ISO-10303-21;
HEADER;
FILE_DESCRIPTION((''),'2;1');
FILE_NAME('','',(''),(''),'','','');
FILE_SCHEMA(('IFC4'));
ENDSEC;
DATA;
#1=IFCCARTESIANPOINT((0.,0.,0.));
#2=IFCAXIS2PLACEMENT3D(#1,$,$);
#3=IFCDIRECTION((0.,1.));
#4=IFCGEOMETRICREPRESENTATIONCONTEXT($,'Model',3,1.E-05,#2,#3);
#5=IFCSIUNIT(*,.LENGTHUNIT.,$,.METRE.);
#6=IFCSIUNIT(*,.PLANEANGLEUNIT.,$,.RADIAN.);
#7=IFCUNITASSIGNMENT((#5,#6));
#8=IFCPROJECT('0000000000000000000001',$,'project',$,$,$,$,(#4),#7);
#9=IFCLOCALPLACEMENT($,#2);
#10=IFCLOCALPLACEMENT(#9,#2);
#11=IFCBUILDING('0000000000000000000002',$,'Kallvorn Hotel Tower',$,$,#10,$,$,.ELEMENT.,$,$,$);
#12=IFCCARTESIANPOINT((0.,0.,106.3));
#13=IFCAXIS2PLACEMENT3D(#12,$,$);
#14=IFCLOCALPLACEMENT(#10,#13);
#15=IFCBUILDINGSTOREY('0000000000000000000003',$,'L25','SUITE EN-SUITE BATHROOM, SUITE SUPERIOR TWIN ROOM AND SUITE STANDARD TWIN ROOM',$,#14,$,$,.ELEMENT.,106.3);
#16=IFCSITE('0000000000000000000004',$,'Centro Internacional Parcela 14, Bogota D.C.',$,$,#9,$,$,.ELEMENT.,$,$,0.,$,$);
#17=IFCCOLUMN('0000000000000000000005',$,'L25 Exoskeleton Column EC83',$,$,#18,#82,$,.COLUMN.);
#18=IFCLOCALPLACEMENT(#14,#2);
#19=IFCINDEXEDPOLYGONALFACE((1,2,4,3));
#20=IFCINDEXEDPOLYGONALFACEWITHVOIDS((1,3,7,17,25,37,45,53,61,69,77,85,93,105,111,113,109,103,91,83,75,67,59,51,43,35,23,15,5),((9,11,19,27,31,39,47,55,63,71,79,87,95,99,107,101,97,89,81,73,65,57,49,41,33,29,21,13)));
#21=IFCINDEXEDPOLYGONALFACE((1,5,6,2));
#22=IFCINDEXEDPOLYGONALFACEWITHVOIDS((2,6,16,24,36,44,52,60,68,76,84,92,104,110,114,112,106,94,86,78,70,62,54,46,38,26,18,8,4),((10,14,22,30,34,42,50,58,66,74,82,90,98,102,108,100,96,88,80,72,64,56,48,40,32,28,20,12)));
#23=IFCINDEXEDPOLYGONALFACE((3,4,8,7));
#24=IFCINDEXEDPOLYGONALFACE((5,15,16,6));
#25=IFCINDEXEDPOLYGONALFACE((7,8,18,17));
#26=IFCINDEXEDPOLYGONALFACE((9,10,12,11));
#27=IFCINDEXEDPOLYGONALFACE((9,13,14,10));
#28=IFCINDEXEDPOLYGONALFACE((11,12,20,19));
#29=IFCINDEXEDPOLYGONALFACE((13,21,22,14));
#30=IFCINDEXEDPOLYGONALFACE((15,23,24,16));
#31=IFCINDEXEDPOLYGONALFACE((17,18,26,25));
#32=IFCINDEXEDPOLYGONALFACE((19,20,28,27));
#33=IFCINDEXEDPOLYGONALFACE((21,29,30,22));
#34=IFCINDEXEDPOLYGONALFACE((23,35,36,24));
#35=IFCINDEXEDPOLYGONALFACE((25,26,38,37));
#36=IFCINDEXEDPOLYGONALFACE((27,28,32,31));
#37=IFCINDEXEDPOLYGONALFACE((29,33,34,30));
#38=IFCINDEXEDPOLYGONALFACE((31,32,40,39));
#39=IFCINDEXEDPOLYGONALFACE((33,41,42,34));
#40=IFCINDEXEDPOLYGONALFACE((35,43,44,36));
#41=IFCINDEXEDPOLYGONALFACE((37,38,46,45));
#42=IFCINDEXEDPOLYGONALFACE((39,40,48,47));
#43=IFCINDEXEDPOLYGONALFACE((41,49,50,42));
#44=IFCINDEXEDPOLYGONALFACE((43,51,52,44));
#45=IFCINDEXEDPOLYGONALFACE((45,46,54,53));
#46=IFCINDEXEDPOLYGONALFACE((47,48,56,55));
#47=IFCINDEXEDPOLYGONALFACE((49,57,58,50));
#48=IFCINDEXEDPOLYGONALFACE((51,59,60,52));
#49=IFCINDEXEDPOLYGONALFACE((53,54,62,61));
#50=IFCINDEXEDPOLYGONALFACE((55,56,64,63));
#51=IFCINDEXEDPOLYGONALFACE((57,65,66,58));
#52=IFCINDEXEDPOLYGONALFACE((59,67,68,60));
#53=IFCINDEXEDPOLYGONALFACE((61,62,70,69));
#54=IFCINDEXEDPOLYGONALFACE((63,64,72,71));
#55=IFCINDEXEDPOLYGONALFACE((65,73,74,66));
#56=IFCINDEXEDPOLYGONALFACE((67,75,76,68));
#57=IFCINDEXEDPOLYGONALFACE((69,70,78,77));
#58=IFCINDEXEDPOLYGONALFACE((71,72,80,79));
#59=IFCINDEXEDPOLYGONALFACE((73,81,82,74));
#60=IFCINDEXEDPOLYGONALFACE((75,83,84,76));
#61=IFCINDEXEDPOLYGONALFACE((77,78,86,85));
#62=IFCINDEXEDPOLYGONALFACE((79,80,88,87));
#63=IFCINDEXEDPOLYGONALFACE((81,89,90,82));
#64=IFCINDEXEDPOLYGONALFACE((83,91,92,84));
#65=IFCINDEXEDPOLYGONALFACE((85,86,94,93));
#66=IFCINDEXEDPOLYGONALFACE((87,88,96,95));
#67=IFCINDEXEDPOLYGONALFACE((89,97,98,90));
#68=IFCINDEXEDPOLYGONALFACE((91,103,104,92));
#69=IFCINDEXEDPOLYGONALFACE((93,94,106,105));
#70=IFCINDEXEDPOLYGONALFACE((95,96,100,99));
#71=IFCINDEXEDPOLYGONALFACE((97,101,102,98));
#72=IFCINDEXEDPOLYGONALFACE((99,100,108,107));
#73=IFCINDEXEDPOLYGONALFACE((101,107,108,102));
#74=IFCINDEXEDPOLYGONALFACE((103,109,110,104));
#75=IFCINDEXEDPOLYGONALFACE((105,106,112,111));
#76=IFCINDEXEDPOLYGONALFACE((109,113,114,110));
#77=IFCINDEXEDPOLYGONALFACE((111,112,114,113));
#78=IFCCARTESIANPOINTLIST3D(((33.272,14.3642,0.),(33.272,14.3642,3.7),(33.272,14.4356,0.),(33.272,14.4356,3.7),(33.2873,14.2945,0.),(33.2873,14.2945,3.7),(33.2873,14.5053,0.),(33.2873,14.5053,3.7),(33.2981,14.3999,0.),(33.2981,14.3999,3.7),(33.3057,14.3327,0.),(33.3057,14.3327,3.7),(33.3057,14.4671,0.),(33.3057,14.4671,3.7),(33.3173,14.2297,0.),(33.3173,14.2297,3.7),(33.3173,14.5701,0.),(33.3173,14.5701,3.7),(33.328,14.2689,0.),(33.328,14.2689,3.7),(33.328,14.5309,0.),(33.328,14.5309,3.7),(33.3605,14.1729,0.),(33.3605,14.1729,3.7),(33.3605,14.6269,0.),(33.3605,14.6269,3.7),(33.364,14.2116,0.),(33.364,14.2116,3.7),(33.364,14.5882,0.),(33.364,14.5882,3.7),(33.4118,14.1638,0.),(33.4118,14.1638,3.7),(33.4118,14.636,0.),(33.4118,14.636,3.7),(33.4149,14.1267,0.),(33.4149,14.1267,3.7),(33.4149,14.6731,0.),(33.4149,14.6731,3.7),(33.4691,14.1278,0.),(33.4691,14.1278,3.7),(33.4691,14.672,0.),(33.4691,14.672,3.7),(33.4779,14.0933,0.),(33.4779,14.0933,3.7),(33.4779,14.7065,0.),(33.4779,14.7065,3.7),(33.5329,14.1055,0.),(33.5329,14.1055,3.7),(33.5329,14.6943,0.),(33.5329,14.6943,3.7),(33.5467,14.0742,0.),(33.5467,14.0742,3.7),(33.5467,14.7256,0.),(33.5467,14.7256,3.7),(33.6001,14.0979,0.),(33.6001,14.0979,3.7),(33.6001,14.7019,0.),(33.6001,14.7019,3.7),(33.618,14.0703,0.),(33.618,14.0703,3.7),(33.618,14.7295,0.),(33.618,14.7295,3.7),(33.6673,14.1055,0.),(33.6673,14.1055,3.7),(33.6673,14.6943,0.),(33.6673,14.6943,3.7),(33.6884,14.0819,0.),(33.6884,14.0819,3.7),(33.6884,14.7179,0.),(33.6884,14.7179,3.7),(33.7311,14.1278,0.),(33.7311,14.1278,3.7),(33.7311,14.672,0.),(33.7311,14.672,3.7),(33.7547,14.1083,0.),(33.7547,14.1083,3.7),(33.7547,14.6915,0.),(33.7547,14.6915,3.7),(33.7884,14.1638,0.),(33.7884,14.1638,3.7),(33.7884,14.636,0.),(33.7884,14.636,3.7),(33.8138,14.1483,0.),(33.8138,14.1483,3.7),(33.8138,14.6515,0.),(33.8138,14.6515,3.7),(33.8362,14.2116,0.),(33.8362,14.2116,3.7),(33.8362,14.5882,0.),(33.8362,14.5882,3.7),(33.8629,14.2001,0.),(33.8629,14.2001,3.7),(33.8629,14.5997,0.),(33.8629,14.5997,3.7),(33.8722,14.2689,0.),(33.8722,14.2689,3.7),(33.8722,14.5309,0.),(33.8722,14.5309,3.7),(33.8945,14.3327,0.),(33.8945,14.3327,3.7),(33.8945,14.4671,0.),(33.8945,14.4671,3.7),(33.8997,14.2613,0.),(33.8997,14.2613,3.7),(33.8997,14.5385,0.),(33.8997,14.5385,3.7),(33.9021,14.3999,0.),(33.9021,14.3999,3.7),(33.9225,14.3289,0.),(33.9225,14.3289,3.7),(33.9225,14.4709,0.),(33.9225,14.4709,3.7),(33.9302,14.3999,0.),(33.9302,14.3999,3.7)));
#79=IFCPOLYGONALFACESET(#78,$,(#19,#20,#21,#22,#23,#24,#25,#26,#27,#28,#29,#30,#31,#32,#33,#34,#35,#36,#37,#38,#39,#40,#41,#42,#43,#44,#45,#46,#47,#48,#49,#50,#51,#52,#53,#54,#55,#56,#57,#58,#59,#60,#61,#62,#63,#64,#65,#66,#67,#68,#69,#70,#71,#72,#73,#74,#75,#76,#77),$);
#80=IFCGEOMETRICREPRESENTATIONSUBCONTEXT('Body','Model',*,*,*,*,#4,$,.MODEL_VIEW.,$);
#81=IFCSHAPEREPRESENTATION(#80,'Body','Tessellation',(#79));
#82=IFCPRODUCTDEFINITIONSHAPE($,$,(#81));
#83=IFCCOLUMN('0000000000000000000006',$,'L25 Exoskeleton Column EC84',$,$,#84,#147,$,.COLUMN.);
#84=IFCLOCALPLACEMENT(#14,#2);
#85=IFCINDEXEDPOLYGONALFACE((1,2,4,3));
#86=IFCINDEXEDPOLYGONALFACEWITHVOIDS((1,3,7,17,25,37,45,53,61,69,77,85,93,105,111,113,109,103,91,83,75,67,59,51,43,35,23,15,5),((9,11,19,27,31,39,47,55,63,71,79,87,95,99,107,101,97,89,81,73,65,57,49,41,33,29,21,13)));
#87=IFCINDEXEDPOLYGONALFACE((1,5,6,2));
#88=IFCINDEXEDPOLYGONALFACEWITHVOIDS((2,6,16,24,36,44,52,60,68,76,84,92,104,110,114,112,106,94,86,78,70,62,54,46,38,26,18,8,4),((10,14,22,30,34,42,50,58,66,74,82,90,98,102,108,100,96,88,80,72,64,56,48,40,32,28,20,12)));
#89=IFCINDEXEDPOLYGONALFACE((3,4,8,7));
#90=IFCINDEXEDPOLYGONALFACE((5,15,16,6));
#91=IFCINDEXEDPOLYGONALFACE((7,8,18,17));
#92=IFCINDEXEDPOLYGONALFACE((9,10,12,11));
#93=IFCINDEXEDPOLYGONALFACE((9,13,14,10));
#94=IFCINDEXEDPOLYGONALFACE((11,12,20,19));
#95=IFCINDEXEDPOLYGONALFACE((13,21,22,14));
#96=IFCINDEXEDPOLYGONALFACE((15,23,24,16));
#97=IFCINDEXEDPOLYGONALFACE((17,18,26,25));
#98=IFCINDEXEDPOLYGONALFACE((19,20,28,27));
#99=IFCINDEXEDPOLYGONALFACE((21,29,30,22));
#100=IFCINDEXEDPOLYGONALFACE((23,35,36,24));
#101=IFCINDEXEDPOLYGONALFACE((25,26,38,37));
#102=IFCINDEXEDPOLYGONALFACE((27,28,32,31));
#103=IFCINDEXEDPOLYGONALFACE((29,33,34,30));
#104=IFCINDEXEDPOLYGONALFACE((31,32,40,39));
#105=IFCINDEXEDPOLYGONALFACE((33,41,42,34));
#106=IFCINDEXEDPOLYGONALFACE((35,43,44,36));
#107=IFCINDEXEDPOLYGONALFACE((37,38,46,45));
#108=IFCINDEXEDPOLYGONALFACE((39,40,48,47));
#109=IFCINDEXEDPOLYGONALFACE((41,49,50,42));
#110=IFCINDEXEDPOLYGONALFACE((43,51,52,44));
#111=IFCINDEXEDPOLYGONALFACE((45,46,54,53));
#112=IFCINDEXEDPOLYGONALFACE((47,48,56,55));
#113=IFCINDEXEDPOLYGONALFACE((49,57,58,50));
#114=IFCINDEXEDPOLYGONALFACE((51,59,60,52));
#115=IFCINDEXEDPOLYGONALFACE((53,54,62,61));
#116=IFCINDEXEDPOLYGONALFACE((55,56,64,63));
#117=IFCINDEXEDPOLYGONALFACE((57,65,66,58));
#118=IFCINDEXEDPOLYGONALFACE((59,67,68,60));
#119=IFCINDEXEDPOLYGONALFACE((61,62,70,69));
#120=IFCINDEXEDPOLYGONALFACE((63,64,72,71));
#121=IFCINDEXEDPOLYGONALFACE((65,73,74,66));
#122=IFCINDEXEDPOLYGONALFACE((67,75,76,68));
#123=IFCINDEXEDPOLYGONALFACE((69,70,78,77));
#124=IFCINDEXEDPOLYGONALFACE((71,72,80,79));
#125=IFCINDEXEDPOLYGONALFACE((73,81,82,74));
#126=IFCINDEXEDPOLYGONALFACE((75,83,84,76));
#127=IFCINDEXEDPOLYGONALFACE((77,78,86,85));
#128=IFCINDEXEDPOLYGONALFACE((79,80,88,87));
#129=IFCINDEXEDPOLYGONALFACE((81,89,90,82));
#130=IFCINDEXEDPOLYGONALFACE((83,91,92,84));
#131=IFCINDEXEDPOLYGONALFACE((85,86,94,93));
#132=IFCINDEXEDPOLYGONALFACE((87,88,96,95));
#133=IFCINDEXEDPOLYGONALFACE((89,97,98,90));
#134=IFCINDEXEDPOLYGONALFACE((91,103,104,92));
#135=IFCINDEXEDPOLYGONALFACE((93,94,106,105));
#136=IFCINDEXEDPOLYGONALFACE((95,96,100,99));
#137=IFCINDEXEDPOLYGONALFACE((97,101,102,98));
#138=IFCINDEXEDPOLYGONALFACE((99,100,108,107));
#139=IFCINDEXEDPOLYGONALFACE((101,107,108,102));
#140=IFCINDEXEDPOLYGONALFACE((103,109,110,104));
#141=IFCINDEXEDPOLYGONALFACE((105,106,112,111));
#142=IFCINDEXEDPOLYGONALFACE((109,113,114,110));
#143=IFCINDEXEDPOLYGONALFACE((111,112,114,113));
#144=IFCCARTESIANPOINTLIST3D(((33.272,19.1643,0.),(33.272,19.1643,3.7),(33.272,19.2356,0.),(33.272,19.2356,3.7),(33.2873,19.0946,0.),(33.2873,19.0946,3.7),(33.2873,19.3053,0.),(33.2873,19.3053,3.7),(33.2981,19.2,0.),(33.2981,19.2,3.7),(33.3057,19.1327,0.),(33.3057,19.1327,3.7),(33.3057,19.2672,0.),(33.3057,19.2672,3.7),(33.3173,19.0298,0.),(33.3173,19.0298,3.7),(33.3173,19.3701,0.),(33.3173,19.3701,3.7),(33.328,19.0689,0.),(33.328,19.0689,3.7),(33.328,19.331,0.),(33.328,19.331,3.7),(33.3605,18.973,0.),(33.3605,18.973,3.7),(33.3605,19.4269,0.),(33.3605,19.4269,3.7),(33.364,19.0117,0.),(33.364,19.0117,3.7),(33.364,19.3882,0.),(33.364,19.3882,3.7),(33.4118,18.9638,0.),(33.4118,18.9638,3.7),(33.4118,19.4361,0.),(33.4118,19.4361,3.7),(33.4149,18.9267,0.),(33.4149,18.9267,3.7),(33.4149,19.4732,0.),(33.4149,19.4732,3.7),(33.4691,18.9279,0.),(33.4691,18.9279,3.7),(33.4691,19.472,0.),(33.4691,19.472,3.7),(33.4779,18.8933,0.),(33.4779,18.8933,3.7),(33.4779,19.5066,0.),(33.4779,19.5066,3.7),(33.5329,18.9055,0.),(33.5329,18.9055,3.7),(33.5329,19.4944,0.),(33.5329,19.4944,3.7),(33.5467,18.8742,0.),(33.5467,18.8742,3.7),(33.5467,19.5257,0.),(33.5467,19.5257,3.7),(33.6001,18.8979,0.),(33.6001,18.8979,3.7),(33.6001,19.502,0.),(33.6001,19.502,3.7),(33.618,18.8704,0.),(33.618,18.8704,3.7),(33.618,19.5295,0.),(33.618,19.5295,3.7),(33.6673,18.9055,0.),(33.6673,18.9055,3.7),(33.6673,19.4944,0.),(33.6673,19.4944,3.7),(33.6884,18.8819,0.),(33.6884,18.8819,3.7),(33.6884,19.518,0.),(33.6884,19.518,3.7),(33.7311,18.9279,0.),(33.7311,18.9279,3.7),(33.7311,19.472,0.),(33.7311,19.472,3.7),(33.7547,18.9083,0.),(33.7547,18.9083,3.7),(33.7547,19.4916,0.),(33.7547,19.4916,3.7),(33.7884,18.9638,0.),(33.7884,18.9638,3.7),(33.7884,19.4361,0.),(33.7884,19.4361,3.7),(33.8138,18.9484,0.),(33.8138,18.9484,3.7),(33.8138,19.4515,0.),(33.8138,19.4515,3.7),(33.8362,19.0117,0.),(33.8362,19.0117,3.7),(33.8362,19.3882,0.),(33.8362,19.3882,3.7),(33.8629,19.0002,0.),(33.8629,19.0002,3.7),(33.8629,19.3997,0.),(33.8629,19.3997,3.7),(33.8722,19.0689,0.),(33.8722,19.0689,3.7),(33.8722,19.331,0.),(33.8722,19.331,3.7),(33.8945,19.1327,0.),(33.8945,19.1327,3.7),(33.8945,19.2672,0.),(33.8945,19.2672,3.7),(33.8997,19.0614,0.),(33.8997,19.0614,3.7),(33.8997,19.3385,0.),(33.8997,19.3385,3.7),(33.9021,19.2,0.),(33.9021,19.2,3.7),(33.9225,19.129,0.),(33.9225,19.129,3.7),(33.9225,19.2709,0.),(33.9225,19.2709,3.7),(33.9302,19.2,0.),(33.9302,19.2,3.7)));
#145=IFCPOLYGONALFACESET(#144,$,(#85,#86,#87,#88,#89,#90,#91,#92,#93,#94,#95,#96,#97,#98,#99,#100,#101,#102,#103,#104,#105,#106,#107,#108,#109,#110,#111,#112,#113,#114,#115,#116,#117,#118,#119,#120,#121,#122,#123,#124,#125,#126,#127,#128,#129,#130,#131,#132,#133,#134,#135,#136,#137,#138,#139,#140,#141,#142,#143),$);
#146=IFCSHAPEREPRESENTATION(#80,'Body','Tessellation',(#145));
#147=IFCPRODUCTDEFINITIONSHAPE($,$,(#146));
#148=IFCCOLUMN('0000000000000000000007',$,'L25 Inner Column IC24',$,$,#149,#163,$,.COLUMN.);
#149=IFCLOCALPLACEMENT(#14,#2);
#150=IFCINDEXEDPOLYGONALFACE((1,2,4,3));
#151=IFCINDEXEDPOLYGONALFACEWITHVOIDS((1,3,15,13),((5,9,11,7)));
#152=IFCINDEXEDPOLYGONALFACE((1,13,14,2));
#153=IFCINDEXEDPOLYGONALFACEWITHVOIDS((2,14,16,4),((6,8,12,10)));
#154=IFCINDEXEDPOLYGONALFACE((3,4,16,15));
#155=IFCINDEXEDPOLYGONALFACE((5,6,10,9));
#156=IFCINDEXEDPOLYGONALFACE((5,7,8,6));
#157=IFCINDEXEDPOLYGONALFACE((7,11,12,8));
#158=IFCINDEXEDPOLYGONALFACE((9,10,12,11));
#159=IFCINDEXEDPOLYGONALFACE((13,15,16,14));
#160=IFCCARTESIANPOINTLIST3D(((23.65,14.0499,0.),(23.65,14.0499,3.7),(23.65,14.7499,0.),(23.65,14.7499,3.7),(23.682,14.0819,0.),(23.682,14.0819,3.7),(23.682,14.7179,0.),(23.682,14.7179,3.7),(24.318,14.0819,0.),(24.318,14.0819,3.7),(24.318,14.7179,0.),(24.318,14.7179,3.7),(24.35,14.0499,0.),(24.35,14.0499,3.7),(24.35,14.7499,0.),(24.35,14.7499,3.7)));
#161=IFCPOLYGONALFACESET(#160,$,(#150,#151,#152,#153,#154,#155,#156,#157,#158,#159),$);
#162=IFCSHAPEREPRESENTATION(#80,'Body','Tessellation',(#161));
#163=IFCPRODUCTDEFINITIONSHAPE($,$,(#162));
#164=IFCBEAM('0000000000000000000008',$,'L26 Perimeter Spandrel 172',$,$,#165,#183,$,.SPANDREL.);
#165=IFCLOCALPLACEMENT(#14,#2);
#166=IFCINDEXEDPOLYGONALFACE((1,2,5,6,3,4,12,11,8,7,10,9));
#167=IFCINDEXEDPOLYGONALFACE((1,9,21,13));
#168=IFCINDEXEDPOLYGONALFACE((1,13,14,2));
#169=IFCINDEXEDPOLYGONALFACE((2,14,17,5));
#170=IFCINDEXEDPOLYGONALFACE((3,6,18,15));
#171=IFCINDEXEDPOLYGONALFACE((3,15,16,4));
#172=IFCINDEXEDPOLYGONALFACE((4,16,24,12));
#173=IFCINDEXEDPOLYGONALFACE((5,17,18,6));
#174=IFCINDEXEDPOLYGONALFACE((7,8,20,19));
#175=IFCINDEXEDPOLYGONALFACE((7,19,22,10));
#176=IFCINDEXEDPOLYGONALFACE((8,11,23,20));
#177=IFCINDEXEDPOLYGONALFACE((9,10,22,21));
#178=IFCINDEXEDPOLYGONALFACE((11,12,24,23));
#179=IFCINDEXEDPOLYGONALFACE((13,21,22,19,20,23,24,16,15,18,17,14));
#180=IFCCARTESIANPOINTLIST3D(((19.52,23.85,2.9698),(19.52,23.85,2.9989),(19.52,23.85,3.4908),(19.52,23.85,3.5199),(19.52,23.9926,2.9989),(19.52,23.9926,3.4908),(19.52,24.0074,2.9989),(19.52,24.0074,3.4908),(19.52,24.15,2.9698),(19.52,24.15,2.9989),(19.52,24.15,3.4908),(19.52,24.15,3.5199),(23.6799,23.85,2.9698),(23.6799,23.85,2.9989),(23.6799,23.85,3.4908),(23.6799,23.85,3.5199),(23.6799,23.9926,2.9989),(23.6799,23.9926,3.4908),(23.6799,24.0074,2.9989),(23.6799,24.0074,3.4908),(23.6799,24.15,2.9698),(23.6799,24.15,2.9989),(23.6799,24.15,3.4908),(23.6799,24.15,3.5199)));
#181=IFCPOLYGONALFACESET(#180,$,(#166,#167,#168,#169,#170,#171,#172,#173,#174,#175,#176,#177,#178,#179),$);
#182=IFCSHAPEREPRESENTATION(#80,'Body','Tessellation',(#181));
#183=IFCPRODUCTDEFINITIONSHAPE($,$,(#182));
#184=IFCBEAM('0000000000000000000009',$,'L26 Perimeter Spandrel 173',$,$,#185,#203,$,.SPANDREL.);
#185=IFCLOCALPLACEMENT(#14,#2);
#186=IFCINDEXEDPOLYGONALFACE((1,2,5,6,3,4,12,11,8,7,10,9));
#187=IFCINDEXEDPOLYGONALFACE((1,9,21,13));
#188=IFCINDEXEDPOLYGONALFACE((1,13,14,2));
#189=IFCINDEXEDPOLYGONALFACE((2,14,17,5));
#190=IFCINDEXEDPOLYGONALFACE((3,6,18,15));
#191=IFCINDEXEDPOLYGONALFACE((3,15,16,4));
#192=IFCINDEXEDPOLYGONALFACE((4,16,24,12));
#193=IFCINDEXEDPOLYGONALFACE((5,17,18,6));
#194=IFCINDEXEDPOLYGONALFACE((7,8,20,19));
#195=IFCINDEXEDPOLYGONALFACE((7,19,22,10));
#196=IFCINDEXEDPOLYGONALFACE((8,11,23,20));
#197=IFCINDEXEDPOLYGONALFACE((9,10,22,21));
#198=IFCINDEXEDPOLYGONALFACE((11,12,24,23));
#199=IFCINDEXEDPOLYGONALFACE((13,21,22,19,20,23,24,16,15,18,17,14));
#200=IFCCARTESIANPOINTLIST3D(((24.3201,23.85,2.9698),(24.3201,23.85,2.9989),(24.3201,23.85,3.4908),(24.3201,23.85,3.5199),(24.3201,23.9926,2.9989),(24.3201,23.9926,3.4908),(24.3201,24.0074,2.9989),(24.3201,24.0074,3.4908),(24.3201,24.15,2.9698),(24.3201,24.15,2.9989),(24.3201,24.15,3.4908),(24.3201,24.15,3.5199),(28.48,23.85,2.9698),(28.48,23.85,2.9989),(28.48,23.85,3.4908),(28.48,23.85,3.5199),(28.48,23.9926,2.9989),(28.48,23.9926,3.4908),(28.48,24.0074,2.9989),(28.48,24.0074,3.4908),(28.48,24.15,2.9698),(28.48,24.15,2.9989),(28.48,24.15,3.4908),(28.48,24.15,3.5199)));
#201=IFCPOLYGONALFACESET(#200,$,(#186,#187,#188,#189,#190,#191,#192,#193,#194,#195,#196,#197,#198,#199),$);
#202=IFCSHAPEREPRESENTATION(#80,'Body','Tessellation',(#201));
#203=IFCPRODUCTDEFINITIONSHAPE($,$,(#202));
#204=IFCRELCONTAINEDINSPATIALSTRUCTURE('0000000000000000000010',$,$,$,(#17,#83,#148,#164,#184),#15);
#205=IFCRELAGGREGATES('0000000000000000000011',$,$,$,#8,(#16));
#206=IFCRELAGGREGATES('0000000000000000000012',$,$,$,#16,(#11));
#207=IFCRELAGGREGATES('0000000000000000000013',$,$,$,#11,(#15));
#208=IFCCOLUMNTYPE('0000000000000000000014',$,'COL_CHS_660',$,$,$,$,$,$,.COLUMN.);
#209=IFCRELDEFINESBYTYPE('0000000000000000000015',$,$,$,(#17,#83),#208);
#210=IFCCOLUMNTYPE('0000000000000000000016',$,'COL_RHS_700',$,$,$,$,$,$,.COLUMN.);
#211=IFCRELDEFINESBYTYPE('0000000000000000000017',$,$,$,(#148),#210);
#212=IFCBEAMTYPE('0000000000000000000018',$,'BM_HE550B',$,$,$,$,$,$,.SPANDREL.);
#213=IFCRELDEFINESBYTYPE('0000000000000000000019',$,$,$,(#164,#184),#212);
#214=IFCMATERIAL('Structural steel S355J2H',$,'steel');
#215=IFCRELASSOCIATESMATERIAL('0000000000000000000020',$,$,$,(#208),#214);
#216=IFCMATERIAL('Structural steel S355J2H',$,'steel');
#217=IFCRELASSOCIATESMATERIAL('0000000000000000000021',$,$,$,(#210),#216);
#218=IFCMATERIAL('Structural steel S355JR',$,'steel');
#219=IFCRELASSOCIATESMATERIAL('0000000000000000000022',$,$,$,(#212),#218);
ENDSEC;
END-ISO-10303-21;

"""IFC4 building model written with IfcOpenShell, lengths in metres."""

from ifc_helpers import new_model, si_unit, direction, frame, origin, origin_2d, place, context, subcontext, project, spatial, hollow_rectangle, hollow_circle, i_section, extrude, material, material_profile, profile_set, type_object, element, save


model = new_model("IFC4")

# Units and contexts
model_context = context("Model", 3, precision=1e-05, world=origin(), true_north=direction((0.0, 1.0)))
body_context = subcontext(model_context, "Body", "Model", "MODEL_VIEW")
ifc_project = project(units=[si_unit("LENGTHUNIT", "METRE"), si_unit("PLANEANGLEUNIT", "RADIAN")], contexts=[model_context])

# Site, building, storey
site_placement = place(None, origin())
site = spatial("IfcSite", under=ifc_project, at=site_placement, Name="Centro Internacional Parcela 14, Bogota D.C.", CompositionType="ELEMENT", RefElevation=0.0)
building_placement = place(site_placement, origin())
building = spatial("IfcBuilding", under=site, at=building_placement, Name="Kallvorn Hotel Tower", CompositionType="ELEMENT")
storey_placement = place(building_placement, frame((0.0, 0.0, 106.3)))
storey = spatial("IfcBuildingStorey", under=building, at=storey_placement, Name="L25", Description="SUITE EN-SUITE BATHROOM, SUITE SUPERIOR TWIN ROOM AND SUITE STANDARD TWIN ROOM", CompositionType="ELEMENT", Elevation=106.3)

# Columns
ifc_material_1 = material(Name="Structural steel S355J2H", Category="steel")
ifc_material_profile_1 = material_profile(ifc_material_1, hollow_circle(Radius=0.3301, WallThickness=0.0281, at=origin_2d()), Name="CHS 660x28")
ifc_profile_set_1 = profile_set([ifc_material_profile_1], Name="Structural steel S355J2H")
column_type_1 = type_object("IfcColumnType", Name="COL_CHS_660", PredefinedType="COLUMN", material=ifc_profile_set_1)
for number, where, z_axis, x_axis, name in (
    (1, (33.6001, 14.3999, 0.0), (0.0, 0.0, 1.0), (1.0, 0.0, 0.0), "L25 Exoskeleton Column EC83"),
    (2, (33.6001, 19.2, 0.0), (0.0, 0.0, 1.0), (1.0, 0.0, 0.0), "L25 Exoskeleton Column EC84"),
):
    element("IfcColumn", number, at=place(storey_placement, frame(where, z_axis=z_axis, x_axis=x_axis)), inside=storey, type_object=column_type_1, Name=name, PredefinedType="COLUMN", context=body_context, shape_type="SweptSolid", body=[
        extrude(hollow_circle(Radius=0.3301, WallThickness=0.0281, at=origin_2d()), origin(), (0.0, 0.0, 1.0), 3.7),
    ])
ifc_material_2 = material(Name="Structural steel S355J2H", Category="steel")
ifc_material_profile_2 = material_profile(ifc_material_2, hollow_rectangle(XDim=0.7, YDim=0.7, WallThickness=0.032, at=origin_2d()), Name="RHS 700x700x32")
ifc_profile_set_2 = profile_set([ifc_material_profile_2], Name="Structural steel S355J2H")
column_type_2 = type_object("IfcColumnType", Name="COL_RHS_700", PredefinedType="COLUMN", material=ifc_profile_set_2)
column_placement = place(storey_placement, frame((24.0, 14.3999, 0.0), z_axis=(0.0, 0.0, 1.0), x_axis=(1.0, 0.0, 0.0)))
element("IfcColumn", 3, at=column_placement, inside=storey, type_object=column_type_2, Name="L25 Inner Column IC24", PredefinedType="COLUMN", context=body_context, shape_type="SweptSolid", body=[
    extrude(hollow_rectangle(XDim=0.7, YDim=0.7, WallThickness=0.032, at=origin_2d()), origin(), (0.0, 0.0, 1.0), 3.7),
])

# Beams
ifc_material_3 = material(Name="Structural steel S355JR", Category="steel")
ifc_material_profile_3 = material_profile(ifc_material_3, i_section(OverallWidth=0.3, OverallDepth=0.55, WebThickness=0.0149, FlangeThickness=0.0291, at=origin_2d()), Name="HE 550 B")
ifc_profile_set_3 = profile_set([ifc_material_profile_3], Name="Structural steel S355JR")
beam_type_1 = type_object("IfcBeamType", Name="BM_HE550B", PredefinedType="SPANDREL", material=ifc_profile_set_3)
for number, where, z_axis, x_axis, name in (
    (4, (19.52, 24.0, 3.2449), (1.0, 0.0, 0.0), (0.0, 1.0, 0.0), "L26 Perimeter Spandrel 172"),
    (5, (24.3201, 24.0, 3.2449), (1.0, 0.0, 0.0), (0.0, 1.0, 0.0), "L26 Perimeter Spandrel 173"),
):
    element("IfcBeam", number, at=place(storey_placement, frame(where, z_axis=z_axis, x_axis=x_axis)), inside=storey, type_object=beam_type_1, Name=name, PredefinedType="SPANDREL", context=body_context, shape_type="SweptSolid", body=[
        extrude(i_section(OverallWidth=0.3, OverallDepth=0.55, WebThickness=0.0149, FlangeThickness=0.0291, at=origin_2d()), origin(), (0.0, 0.0, 1.0), 4.1599),
    ])

save(model, "model.ifc")
